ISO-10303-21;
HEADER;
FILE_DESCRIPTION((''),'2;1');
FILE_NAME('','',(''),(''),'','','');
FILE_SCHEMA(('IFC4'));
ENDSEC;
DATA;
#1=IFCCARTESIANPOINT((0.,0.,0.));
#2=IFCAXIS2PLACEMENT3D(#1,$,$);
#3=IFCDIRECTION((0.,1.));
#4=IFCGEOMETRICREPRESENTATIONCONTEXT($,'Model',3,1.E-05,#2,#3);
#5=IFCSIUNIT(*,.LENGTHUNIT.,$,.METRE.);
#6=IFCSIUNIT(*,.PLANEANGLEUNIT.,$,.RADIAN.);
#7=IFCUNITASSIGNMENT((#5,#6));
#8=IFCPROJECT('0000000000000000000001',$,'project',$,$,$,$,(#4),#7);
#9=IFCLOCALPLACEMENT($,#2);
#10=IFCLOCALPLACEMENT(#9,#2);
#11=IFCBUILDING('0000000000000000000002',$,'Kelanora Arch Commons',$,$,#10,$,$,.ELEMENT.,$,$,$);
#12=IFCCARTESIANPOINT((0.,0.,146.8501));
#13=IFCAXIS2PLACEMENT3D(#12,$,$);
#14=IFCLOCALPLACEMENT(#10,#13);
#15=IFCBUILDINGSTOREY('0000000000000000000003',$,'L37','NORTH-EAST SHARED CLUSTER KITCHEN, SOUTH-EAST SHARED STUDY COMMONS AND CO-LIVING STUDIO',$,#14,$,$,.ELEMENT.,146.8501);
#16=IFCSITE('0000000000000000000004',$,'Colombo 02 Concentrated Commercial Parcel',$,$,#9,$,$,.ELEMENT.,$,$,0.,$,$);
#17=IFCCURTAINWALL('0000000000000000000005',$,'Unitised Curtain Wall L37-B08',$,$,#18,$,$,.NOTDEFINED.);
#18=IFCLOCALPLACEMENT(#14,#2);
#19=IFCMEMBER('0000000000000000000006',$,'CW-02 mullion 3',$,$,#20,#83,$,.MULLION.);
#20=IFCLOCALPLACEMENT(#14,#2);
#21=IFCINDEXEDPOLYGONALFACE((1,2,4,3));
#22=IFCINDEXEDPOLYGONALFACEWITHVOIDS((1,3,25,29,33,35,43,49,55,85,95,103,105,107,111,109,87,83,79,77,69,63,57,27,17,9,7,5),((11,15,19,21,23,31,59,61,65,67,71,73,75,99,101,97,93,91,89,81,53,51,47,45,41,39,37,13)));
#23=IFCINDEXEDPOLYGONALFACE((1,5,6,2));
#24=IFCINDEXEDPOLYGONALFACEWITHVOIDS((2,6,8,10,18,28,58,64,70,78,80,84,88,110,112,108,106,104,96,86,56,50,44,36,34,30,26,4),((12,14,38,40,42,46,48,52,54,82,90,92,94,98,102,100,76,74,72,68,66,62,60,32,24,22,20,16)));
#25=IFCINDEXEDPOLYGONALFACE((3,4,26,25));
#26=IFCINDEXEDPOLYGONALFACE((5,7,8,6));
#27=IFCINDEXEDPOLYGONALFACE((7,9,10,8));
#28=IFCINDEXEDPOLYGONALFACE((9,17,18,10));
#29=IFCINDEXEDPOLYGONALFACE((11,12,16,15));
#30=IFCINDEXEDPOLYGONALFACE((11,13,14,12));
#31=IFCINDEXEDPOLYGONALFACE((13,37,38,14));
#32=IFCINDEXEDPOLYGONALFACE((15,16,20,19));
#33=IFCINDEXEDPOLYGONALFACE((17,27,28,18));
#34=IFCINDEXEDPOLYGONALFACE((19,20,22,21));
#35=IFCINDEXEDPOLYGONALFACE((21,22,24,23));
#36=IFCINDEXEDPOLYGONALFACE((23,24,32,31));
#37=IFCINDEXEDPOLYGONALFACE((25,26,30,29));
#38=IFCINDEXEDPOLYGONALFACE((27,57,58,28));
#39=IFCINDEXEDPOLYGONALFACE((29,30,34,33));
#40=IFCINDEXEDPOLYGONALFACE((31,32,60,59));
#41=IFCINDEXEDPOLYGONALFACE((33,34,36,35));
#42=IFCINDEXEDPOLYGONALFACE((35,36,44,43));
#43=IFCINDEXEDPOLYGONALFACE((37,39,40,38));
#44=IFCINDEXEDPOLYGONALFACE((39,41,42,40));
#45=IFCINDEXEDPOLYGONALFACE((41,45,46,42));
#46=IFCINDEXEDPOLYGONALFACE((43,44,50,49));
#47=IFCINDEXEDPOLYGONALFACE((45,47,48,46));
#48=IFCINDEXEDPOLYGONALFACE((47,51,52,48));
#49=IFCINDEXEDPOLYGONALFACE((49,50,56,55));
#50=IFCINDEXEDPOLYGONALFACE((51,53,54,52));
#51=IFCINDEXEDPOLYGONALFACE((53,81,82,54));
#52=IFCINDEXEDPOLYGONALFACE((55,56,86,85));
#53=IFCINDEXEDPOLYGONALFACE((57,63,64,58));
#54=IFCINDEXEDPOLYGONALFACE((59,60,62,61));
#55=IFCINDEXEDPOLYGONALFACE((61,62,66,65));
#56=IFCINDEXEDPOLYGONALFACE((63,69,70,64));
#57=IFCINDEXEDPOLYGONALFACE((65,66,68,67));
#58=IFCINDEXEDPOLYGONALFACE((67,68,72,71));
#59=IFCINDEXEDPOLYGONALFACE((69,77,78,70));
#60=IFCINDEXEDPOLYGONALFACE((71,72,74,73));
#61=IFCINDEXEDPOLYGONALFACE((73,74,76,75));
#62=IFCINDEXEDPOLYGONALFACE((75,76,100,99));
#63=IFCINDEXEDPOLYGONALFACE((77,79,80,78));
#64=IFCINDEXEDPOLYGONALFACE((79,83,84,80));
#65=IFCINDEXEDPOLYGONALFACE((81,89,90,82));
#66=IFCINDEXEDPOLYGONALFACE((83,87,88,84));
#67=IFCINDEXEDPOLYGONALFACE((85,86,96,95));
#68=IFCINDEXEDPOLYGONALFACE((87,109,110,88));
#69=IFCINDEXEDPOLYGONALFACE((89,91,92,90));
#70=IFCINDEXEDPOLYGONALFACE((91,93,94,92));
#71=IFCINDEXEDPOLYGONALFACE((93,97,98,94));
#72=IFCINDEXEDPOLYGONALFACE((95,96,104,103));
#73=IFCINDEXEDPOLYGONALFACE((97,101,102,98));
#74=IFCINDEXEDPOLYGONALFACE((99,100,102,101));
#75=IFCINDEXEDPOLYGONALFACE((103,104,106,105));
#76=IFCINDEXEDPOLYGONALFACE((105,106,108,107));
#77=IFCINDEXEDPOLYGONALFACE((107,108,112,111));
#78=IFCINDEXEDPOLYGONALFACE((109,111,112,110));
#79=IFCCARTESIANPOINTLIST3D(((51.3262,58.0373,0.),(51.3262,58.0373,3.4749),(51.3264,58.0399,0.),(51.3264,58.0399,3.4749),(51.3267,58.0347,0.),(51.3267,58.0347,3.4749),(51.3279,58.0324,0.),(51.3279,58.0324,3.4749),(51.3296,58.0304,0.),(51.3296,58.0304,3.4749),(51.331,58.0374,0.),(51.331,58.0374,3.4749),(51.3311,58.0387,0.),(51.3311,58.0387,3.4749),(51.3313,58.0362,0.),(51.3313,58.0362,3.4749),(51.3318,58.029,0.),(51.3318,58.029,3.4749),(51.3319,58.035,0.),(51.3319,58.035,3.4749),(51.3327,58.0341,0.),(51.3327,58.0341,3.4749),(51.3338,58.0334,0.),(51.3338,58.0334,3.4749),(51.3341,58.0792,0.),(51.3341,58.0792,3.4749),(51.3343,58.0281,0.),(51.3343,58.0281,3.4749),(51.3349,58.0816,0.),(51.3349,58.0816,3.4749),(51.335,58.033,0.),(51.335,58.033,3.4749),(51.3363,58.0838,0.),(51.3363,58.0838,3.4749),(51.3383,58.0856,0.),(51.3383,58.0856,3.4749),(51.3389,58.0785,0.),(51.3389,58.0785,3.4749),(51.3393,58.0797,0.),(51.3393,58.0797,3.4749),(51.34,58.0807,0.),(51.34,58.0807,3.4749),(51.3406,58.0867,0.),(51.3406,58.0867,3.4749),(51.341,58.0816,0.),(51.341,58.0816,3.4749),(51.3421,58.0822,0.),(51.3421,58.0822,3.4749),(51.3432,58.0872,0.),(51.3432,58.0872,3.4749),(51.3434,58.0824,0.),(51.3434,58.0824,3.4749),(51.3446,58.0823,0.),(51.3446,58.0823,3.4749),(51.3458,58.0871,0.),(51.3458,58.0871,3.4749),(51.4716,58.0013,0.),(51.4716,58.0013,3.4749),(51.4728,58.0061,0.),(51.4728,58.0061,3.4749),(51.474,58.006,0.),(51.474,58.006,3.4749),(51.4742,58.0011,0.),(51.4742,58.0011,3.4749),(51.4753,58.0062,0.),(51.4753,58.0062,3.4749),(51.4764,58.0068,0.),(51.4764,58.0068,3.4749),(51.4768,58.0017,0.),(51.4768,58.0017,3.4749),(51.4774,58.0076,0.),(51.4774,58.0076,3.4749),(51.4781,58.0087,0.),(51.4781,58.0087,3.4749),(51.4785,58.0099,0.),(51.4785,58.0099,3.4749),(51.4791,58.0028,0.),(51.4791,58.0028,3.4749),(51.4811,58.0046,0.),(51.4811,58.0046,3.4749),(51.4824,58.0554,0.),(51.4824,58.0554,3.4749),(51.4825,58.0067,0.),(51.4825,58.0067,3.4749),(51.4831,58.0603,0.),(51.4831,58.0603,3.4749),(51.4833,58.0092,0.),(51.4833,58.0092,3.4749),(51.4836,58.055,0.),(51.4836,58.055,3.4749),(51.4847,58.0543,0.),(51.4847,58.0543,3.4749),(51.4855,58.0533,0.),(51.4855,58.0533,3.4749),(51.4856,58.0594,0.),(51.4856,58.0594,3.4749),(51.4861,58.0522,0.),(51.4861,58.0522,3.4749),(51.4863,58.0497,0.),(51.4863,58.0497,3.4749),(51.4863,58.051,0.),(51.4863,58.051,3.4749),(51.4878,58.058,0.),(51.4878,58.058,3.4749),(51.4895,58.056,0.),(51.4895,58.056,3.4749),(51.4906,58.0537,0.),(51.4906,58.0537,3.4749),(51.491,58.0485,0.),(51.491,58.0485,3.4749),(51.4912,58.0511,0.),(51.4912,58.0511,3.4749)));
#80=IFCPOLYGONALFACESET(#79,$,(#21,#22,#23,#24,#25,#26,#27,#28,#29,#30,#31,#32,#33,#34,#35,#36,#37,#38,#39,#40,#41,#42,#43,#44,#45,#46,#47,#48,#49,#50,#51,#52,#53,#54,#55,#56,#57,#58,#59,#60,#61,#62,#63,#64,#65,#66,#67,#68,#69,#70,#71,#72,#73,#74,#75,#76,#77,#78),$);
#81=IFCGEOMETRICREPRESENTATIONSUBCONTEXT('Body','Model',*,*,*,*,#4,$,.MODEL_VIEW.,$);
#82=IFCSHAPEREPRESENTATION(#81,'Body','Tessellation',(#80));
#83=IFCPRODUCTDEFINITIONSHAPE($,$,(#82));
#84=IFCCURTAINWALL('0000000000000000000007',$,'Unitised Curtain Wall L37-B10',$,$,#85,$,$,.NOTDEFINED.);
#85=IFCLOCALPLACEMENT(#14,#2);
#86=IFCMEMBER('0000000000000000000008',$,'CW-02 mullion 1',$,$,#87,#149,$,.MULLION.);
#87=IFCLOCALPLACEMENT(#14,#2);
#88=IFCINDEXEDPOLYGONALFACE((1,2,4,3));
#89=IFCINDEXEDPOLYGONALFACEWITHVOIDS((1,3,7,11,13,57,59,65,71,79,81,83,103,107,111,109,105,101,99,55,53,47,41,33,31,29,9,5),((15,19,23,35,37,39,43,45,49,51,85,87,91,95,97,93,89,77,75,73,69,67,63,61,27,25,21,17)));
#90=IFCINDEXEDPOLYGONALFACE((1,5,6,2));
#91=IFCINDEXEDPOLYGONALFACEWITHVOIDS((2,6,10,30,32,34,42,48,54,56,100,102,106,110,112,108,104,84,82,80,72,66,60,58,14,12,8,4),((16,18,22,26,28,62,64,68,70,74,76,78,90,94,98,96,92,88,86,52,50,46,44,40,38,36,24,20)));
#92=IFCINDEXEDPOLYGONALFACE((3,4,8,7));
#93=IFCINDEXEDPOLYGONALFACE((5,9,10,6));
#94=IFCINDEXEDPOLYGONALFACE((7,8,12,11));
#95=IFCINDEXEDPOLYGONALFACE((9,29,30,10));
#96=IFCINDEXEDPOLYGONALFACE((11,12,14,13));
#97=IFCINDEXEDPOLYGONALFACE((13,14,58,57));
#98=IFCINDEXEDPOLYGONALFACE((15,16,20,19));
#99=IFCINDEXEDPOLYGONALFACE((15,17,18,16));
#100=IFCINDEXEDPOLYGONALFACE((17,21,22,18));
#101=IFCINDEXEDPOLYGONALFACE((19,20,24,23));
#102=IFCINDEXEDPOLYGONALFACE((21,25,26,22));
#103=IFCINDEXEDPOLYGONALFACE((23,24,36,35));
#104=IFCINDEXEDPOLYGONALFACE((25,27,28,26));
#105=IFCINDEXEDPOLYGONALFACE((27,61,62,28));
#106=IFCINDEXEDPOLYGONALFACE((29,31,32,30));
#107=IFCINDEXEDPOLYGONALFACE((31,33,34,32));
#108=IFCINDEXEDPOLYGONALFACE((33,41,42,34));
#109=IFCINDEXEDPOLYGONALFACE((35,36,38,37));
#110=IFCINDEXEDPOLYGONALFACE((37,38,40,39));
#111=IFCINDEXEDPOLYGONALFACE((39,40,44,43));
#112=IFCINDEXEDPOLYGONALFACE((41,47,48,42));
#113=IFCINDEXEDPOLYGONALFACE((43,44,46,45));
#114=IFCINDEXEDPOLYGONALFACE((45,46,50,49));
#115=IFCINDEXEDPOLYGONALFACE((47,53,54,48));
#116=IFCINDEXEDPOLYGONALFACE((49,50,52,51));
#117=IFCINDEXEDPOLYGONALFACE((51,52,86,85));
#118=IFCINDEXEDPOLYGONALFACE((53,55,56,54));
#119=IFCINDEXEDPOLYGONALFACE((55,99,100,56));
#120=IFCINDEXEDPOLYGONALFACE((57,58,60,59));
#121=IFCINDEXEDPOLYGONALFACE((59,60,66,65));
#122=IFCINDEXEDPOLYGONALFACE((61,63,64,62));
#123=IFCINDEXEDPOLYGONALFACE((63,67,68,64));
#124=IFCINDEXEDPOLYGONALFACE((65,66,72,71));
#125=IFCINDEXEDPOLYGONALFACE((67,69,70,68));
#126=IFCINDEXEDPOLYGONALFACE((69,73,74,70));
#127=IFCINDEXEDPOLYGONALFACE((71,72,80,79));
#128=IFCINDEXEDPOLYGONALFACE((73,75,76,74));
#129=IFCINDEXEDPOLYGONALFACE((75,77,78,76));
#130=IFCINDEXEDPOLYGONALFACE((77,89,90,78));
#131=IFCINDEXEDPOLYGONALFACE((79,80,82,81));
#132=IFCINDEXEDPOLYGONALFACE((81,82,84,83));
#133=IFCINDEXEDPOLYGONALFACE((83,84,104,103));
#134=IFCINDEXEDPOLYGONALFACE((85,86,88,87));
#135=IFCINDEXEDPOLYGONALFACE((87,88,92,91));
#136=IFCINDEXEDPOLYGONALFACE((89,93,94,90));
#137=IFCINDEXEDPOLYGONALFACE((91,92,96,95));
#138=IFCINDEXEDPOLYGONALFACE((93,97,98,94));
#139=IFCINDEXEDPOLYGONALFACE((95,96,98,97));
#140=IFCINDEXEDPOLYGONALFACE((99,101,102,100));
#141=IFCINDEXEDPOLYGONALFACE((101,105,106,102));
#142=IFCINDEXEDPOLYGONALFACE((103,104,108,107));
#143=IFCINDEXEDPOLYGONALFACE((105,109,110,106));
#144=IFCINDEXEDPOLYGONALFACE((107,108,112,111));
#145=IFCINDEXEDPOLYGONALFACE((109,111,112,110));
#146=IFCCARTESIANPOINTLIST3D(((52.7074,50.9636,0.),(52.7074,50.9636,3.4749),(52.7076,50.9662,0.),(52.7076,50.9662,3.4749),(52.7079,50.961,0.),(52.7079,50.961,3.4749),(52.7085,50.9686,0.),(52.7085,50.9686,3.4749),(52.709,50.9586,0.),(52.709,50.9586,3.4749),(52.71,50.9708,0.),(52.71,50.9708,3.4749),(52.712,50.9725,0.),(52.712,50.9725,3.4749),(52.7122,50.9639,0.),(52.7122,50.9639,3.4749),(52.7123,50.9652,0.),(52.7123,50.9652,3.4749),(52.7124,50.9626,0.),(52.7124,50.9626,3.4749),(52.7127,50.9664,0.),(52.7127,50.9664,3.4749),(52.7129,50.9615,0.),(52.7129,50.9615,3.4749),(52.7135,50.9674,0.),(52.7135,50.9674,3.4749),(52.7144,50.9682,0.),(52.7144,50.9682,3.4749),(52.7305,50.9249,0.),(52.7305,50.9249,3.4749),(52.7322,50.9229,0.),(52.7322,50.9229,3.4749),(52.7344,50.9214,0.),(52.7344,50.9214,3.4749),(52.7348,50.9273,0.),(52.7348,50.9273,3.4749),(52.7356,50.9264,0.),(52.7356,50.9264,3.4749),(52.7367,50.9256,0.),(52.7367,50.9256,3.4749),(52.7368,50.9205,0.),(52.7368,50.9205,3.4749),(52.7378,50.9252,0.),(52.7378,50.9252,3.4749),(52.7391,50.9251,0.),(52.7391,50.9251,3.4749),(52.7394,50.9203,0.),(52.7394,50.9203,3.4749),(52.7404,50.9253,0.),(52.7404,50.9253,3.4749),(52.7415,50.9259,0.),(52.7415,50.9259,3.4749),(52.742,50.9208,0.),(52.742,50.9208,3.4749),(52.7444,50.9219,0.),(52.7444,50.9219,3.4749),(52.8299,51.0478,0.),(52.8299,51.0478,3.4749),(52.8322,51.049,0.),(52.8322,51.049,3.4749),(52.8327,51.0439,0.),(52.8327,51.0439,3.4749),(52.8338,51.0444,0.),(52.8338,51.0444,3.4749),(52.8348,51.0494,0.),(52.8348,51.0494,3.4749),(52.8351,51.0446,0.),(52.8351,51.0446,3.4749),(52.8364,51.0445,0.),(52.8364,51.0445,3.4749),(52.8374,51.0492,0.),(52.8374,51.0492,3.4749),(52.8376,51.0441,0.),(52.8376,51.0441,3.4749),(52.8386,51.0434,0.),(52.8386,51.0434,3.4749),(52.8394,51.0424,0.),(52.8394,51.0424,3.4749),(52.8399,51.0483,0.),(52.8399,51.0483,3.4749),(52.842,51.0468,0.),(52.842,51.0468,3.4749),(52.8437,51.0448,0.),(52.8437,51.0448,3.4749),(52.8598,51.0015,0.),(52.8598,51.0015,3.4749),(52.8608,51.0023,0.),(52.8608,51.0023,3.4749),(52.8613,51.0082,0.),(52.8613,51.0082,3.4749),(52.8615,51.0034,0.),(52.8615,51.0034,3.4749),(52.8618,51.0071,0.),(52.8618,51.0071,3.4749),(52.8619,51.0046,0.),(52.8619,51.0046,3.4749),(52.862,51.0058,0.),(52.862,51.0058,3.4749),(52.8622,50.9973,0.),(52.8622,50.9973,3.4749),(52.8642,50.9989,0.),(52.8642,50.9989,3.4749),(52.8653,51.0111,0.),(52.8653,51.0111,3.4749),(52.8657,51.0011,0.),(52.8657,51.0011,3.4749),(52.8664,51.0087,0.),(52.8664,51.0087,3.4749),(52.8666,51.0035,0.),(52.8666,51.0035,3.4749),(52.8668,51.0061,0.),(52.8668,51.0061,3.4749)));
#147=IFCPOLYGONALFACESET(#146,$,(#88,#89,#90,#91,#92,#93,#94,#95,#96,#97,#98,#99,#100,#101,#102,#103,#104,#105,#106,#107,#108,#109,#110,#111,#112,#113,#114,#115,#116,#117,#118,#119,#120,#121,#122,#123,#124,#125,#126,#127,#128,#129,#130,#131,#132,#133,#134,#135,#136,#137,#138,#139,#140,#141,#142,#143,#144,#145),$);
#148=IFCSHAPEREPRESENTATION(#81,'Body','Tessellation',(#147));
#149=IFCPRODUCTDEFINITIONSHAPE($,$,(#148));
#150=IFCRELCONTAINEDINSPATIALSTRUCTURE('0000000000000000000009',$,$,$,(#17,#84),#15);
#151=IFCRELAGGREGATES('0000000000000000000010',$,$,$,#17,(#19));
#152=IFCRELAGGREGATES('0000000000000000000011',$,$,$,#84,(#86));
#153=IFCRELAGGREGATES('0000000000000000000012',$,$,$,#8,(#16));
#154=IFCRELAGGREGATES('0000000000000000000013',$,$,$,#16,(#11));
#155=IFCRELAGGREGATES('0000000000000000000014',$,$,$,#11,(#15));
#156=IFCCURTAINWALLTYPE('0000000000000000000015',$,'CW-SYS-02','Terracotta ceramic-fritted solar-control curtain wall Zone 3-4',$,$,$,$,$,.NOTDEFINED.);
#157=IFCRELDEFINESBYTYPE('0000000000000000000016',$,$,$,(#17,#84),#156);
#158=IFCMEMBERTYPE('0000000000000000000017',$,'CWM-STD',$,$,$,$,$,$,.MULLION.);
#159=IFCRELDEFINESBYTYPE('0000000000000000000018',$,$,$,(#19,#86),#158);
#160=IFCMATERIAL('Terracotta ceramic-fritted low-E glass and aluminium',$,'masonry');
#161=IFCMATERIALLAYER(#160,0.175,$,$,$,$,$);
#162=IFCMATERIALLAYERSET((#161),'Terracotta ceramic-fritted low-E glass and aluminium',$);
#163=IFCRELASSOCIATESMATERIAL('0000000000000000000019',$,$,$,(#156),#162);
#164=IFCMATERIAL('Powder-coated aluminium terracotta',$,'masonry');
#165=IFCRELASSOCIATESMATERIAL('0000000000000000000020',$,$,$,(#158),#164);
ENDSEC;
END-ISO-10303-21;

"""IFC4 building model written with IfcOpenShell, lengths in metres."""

from ifc_helpers import new_model, si_unit, direction, frame, origin, origin_2d, place, context, subcontext, project, spatial, hollow_rectangle, extrude, material, layer, layer_set, material_profile, profile_set, type_object, element, aggregate, save


model = new_model("IFC4")

# Units and contexts
model_context = context("Model", 3, precision=1e-05, world=origin(), true_north=direction((0.0, 1.0)))
body_context = subcontext(model_context, "Body", "Model", "MODEL_VIEW")
ifc_project = project(units=[si_unit("LENGTHUNIT", "METRE"), si_unit("PLANEANGLEUNIT", "RADIAN")], contexts=[model_context])

# Site, building, storey
site_placement = place(None, origin())
site = spatial("IfcSite", under=ifc_project, at=site_placement, Name="Colombo 02 Concentrated Commercial Parcel", CompositionType="ELEMENT", RefElevation=0.0)
building_placement = place(site_placement, origin())
building = spatial("IfcBuilding", under=site, at=building_placement, Name="Kelanora Arch Commons", CompositionType="ELEMENT")
storey_placement = place(building_placement, frame((0.0, 0.0, 146.8501)))
storey = spatial("IfcBuildingStorey", under=building, at=storey_placement, Name="L37", Description="NORTH-EAST SHARED CLUSTER KITCHEN, SOUTH-EAST SHARED STUDY COMMONS AND CO-LIVING STUDIO", CompositionType="ELEMENT", Elevation=146.8501)

# Curtain wall, member
ifc_material_1 = material(Name="Terracotta ceramic-fritted low-E glass and aluminium", Category="masonry")
ifc_layer_1 = layer(ifc_material_1, 0.175)
ifc_layer_set_1 = layer_set([ifc_layer_1], Name="Terracotta ceramic-fritted low-E glass and aluminium")
curtain_wall_type = type_object("IfcCurtainWallType", Name="CW-SYS-02", Description="Terracotta ceramic-fritted solar-control curtain wall Zone 3-4", PredefinedType="NOTDEFINED", material=ifc_layer_set_1)
curtain_wall_1_placement = place(storey_placement, origin())
curtain_wall_1 = element("IfcCurtainWall", 1, at=curtain_wall_1_placement, inside=storey, type_object=curtain_wall_type, Name="Unitised Curtain Wall L37-B08", PredefinedType="NOTDEFINED")
ifc_material_2 = material(Name="Powder-coated aluminium terracotta", Category="masonry")
ifc_material_profile_1 = material_profile(ifc_material_2, hollow_rectangle(XDim=0.1599, YDim=0.0601, WallThickness=0.0049, InnerFilletRadius=0.0049, OuterFilletRadius=0.01, at=origin_2d()), Name="CWM160x60")
ifc_profile_set_1 = profile_set([ifc_material_profile_1], Name="Powder-coated aluminium terracotta")
member_type_1 = type_object("IfcMemberType", Name="CWM-STD", PredefinedType="MULLION", material=ifc_profile_set_1)
member_1_placement = place(storey_placement, frame((51.4087, 58.0442, 0.0), z_axis=(0.0, 0.0, 1.0), x_axis=(0.981453, -0.191705, 0.0)))
member_1 = element("IfcMember", 2, at=member_1_placement, type_object=member_type_1, Name="CW-02 mullion 3", PredefinedType="MULLION", context=body_context, shape_type="SweptSolid", body=[
    extrude(hollow_rectangle(XDim=0.1599, YDim=0.0601, WallThickness=0.0049, InnerFilletRadius=0.0049, OuterFilletRadius=0.01, at=origin_2d()), origin(), (0.0, 0.0, 1.0), 3.4749),
])
aggregate(curtain_wall_1, [member_1])

# Curtain wall, member
curtain_wall_2_placement = place(storey_placement, origin())
curtain_wall_2 = element("IfcCurtainWall", 3, at=curtain_wall_2_placement, inside=storey, type_object=curtain_wall_type, Name="Unitised Curtain Wall L37-B10", PredefinedType="NOTDEFINED")
member_2_placement = place(storey_placement, frame((52.7871, 50.9849, 0.0), z_axis=(0.0, 0.0, 1.0), x_axis=(0.842423, 0.538817, 0.0)))
member_2 = element("IfcMember", 4, at=member_2_placement, type_object=member_type_1, Name="CW-02 mullion 1", PredefinedType="MULLION", context=body_context, shape_type="SweptSolid", body=[
    extrude(hollow_rectangle(XDim=0.1599, YDim=0.0601, WallThickness=0.0049, InnerFilletRadius=0.0049, OuterFilletRadius=0.01, at=origin_2d()), origin(), (0.0, 0.0, 1.0), 3.4749),
])

aggregate(curtain_wall_2, [member_2])

save(model, "model.ifc")
